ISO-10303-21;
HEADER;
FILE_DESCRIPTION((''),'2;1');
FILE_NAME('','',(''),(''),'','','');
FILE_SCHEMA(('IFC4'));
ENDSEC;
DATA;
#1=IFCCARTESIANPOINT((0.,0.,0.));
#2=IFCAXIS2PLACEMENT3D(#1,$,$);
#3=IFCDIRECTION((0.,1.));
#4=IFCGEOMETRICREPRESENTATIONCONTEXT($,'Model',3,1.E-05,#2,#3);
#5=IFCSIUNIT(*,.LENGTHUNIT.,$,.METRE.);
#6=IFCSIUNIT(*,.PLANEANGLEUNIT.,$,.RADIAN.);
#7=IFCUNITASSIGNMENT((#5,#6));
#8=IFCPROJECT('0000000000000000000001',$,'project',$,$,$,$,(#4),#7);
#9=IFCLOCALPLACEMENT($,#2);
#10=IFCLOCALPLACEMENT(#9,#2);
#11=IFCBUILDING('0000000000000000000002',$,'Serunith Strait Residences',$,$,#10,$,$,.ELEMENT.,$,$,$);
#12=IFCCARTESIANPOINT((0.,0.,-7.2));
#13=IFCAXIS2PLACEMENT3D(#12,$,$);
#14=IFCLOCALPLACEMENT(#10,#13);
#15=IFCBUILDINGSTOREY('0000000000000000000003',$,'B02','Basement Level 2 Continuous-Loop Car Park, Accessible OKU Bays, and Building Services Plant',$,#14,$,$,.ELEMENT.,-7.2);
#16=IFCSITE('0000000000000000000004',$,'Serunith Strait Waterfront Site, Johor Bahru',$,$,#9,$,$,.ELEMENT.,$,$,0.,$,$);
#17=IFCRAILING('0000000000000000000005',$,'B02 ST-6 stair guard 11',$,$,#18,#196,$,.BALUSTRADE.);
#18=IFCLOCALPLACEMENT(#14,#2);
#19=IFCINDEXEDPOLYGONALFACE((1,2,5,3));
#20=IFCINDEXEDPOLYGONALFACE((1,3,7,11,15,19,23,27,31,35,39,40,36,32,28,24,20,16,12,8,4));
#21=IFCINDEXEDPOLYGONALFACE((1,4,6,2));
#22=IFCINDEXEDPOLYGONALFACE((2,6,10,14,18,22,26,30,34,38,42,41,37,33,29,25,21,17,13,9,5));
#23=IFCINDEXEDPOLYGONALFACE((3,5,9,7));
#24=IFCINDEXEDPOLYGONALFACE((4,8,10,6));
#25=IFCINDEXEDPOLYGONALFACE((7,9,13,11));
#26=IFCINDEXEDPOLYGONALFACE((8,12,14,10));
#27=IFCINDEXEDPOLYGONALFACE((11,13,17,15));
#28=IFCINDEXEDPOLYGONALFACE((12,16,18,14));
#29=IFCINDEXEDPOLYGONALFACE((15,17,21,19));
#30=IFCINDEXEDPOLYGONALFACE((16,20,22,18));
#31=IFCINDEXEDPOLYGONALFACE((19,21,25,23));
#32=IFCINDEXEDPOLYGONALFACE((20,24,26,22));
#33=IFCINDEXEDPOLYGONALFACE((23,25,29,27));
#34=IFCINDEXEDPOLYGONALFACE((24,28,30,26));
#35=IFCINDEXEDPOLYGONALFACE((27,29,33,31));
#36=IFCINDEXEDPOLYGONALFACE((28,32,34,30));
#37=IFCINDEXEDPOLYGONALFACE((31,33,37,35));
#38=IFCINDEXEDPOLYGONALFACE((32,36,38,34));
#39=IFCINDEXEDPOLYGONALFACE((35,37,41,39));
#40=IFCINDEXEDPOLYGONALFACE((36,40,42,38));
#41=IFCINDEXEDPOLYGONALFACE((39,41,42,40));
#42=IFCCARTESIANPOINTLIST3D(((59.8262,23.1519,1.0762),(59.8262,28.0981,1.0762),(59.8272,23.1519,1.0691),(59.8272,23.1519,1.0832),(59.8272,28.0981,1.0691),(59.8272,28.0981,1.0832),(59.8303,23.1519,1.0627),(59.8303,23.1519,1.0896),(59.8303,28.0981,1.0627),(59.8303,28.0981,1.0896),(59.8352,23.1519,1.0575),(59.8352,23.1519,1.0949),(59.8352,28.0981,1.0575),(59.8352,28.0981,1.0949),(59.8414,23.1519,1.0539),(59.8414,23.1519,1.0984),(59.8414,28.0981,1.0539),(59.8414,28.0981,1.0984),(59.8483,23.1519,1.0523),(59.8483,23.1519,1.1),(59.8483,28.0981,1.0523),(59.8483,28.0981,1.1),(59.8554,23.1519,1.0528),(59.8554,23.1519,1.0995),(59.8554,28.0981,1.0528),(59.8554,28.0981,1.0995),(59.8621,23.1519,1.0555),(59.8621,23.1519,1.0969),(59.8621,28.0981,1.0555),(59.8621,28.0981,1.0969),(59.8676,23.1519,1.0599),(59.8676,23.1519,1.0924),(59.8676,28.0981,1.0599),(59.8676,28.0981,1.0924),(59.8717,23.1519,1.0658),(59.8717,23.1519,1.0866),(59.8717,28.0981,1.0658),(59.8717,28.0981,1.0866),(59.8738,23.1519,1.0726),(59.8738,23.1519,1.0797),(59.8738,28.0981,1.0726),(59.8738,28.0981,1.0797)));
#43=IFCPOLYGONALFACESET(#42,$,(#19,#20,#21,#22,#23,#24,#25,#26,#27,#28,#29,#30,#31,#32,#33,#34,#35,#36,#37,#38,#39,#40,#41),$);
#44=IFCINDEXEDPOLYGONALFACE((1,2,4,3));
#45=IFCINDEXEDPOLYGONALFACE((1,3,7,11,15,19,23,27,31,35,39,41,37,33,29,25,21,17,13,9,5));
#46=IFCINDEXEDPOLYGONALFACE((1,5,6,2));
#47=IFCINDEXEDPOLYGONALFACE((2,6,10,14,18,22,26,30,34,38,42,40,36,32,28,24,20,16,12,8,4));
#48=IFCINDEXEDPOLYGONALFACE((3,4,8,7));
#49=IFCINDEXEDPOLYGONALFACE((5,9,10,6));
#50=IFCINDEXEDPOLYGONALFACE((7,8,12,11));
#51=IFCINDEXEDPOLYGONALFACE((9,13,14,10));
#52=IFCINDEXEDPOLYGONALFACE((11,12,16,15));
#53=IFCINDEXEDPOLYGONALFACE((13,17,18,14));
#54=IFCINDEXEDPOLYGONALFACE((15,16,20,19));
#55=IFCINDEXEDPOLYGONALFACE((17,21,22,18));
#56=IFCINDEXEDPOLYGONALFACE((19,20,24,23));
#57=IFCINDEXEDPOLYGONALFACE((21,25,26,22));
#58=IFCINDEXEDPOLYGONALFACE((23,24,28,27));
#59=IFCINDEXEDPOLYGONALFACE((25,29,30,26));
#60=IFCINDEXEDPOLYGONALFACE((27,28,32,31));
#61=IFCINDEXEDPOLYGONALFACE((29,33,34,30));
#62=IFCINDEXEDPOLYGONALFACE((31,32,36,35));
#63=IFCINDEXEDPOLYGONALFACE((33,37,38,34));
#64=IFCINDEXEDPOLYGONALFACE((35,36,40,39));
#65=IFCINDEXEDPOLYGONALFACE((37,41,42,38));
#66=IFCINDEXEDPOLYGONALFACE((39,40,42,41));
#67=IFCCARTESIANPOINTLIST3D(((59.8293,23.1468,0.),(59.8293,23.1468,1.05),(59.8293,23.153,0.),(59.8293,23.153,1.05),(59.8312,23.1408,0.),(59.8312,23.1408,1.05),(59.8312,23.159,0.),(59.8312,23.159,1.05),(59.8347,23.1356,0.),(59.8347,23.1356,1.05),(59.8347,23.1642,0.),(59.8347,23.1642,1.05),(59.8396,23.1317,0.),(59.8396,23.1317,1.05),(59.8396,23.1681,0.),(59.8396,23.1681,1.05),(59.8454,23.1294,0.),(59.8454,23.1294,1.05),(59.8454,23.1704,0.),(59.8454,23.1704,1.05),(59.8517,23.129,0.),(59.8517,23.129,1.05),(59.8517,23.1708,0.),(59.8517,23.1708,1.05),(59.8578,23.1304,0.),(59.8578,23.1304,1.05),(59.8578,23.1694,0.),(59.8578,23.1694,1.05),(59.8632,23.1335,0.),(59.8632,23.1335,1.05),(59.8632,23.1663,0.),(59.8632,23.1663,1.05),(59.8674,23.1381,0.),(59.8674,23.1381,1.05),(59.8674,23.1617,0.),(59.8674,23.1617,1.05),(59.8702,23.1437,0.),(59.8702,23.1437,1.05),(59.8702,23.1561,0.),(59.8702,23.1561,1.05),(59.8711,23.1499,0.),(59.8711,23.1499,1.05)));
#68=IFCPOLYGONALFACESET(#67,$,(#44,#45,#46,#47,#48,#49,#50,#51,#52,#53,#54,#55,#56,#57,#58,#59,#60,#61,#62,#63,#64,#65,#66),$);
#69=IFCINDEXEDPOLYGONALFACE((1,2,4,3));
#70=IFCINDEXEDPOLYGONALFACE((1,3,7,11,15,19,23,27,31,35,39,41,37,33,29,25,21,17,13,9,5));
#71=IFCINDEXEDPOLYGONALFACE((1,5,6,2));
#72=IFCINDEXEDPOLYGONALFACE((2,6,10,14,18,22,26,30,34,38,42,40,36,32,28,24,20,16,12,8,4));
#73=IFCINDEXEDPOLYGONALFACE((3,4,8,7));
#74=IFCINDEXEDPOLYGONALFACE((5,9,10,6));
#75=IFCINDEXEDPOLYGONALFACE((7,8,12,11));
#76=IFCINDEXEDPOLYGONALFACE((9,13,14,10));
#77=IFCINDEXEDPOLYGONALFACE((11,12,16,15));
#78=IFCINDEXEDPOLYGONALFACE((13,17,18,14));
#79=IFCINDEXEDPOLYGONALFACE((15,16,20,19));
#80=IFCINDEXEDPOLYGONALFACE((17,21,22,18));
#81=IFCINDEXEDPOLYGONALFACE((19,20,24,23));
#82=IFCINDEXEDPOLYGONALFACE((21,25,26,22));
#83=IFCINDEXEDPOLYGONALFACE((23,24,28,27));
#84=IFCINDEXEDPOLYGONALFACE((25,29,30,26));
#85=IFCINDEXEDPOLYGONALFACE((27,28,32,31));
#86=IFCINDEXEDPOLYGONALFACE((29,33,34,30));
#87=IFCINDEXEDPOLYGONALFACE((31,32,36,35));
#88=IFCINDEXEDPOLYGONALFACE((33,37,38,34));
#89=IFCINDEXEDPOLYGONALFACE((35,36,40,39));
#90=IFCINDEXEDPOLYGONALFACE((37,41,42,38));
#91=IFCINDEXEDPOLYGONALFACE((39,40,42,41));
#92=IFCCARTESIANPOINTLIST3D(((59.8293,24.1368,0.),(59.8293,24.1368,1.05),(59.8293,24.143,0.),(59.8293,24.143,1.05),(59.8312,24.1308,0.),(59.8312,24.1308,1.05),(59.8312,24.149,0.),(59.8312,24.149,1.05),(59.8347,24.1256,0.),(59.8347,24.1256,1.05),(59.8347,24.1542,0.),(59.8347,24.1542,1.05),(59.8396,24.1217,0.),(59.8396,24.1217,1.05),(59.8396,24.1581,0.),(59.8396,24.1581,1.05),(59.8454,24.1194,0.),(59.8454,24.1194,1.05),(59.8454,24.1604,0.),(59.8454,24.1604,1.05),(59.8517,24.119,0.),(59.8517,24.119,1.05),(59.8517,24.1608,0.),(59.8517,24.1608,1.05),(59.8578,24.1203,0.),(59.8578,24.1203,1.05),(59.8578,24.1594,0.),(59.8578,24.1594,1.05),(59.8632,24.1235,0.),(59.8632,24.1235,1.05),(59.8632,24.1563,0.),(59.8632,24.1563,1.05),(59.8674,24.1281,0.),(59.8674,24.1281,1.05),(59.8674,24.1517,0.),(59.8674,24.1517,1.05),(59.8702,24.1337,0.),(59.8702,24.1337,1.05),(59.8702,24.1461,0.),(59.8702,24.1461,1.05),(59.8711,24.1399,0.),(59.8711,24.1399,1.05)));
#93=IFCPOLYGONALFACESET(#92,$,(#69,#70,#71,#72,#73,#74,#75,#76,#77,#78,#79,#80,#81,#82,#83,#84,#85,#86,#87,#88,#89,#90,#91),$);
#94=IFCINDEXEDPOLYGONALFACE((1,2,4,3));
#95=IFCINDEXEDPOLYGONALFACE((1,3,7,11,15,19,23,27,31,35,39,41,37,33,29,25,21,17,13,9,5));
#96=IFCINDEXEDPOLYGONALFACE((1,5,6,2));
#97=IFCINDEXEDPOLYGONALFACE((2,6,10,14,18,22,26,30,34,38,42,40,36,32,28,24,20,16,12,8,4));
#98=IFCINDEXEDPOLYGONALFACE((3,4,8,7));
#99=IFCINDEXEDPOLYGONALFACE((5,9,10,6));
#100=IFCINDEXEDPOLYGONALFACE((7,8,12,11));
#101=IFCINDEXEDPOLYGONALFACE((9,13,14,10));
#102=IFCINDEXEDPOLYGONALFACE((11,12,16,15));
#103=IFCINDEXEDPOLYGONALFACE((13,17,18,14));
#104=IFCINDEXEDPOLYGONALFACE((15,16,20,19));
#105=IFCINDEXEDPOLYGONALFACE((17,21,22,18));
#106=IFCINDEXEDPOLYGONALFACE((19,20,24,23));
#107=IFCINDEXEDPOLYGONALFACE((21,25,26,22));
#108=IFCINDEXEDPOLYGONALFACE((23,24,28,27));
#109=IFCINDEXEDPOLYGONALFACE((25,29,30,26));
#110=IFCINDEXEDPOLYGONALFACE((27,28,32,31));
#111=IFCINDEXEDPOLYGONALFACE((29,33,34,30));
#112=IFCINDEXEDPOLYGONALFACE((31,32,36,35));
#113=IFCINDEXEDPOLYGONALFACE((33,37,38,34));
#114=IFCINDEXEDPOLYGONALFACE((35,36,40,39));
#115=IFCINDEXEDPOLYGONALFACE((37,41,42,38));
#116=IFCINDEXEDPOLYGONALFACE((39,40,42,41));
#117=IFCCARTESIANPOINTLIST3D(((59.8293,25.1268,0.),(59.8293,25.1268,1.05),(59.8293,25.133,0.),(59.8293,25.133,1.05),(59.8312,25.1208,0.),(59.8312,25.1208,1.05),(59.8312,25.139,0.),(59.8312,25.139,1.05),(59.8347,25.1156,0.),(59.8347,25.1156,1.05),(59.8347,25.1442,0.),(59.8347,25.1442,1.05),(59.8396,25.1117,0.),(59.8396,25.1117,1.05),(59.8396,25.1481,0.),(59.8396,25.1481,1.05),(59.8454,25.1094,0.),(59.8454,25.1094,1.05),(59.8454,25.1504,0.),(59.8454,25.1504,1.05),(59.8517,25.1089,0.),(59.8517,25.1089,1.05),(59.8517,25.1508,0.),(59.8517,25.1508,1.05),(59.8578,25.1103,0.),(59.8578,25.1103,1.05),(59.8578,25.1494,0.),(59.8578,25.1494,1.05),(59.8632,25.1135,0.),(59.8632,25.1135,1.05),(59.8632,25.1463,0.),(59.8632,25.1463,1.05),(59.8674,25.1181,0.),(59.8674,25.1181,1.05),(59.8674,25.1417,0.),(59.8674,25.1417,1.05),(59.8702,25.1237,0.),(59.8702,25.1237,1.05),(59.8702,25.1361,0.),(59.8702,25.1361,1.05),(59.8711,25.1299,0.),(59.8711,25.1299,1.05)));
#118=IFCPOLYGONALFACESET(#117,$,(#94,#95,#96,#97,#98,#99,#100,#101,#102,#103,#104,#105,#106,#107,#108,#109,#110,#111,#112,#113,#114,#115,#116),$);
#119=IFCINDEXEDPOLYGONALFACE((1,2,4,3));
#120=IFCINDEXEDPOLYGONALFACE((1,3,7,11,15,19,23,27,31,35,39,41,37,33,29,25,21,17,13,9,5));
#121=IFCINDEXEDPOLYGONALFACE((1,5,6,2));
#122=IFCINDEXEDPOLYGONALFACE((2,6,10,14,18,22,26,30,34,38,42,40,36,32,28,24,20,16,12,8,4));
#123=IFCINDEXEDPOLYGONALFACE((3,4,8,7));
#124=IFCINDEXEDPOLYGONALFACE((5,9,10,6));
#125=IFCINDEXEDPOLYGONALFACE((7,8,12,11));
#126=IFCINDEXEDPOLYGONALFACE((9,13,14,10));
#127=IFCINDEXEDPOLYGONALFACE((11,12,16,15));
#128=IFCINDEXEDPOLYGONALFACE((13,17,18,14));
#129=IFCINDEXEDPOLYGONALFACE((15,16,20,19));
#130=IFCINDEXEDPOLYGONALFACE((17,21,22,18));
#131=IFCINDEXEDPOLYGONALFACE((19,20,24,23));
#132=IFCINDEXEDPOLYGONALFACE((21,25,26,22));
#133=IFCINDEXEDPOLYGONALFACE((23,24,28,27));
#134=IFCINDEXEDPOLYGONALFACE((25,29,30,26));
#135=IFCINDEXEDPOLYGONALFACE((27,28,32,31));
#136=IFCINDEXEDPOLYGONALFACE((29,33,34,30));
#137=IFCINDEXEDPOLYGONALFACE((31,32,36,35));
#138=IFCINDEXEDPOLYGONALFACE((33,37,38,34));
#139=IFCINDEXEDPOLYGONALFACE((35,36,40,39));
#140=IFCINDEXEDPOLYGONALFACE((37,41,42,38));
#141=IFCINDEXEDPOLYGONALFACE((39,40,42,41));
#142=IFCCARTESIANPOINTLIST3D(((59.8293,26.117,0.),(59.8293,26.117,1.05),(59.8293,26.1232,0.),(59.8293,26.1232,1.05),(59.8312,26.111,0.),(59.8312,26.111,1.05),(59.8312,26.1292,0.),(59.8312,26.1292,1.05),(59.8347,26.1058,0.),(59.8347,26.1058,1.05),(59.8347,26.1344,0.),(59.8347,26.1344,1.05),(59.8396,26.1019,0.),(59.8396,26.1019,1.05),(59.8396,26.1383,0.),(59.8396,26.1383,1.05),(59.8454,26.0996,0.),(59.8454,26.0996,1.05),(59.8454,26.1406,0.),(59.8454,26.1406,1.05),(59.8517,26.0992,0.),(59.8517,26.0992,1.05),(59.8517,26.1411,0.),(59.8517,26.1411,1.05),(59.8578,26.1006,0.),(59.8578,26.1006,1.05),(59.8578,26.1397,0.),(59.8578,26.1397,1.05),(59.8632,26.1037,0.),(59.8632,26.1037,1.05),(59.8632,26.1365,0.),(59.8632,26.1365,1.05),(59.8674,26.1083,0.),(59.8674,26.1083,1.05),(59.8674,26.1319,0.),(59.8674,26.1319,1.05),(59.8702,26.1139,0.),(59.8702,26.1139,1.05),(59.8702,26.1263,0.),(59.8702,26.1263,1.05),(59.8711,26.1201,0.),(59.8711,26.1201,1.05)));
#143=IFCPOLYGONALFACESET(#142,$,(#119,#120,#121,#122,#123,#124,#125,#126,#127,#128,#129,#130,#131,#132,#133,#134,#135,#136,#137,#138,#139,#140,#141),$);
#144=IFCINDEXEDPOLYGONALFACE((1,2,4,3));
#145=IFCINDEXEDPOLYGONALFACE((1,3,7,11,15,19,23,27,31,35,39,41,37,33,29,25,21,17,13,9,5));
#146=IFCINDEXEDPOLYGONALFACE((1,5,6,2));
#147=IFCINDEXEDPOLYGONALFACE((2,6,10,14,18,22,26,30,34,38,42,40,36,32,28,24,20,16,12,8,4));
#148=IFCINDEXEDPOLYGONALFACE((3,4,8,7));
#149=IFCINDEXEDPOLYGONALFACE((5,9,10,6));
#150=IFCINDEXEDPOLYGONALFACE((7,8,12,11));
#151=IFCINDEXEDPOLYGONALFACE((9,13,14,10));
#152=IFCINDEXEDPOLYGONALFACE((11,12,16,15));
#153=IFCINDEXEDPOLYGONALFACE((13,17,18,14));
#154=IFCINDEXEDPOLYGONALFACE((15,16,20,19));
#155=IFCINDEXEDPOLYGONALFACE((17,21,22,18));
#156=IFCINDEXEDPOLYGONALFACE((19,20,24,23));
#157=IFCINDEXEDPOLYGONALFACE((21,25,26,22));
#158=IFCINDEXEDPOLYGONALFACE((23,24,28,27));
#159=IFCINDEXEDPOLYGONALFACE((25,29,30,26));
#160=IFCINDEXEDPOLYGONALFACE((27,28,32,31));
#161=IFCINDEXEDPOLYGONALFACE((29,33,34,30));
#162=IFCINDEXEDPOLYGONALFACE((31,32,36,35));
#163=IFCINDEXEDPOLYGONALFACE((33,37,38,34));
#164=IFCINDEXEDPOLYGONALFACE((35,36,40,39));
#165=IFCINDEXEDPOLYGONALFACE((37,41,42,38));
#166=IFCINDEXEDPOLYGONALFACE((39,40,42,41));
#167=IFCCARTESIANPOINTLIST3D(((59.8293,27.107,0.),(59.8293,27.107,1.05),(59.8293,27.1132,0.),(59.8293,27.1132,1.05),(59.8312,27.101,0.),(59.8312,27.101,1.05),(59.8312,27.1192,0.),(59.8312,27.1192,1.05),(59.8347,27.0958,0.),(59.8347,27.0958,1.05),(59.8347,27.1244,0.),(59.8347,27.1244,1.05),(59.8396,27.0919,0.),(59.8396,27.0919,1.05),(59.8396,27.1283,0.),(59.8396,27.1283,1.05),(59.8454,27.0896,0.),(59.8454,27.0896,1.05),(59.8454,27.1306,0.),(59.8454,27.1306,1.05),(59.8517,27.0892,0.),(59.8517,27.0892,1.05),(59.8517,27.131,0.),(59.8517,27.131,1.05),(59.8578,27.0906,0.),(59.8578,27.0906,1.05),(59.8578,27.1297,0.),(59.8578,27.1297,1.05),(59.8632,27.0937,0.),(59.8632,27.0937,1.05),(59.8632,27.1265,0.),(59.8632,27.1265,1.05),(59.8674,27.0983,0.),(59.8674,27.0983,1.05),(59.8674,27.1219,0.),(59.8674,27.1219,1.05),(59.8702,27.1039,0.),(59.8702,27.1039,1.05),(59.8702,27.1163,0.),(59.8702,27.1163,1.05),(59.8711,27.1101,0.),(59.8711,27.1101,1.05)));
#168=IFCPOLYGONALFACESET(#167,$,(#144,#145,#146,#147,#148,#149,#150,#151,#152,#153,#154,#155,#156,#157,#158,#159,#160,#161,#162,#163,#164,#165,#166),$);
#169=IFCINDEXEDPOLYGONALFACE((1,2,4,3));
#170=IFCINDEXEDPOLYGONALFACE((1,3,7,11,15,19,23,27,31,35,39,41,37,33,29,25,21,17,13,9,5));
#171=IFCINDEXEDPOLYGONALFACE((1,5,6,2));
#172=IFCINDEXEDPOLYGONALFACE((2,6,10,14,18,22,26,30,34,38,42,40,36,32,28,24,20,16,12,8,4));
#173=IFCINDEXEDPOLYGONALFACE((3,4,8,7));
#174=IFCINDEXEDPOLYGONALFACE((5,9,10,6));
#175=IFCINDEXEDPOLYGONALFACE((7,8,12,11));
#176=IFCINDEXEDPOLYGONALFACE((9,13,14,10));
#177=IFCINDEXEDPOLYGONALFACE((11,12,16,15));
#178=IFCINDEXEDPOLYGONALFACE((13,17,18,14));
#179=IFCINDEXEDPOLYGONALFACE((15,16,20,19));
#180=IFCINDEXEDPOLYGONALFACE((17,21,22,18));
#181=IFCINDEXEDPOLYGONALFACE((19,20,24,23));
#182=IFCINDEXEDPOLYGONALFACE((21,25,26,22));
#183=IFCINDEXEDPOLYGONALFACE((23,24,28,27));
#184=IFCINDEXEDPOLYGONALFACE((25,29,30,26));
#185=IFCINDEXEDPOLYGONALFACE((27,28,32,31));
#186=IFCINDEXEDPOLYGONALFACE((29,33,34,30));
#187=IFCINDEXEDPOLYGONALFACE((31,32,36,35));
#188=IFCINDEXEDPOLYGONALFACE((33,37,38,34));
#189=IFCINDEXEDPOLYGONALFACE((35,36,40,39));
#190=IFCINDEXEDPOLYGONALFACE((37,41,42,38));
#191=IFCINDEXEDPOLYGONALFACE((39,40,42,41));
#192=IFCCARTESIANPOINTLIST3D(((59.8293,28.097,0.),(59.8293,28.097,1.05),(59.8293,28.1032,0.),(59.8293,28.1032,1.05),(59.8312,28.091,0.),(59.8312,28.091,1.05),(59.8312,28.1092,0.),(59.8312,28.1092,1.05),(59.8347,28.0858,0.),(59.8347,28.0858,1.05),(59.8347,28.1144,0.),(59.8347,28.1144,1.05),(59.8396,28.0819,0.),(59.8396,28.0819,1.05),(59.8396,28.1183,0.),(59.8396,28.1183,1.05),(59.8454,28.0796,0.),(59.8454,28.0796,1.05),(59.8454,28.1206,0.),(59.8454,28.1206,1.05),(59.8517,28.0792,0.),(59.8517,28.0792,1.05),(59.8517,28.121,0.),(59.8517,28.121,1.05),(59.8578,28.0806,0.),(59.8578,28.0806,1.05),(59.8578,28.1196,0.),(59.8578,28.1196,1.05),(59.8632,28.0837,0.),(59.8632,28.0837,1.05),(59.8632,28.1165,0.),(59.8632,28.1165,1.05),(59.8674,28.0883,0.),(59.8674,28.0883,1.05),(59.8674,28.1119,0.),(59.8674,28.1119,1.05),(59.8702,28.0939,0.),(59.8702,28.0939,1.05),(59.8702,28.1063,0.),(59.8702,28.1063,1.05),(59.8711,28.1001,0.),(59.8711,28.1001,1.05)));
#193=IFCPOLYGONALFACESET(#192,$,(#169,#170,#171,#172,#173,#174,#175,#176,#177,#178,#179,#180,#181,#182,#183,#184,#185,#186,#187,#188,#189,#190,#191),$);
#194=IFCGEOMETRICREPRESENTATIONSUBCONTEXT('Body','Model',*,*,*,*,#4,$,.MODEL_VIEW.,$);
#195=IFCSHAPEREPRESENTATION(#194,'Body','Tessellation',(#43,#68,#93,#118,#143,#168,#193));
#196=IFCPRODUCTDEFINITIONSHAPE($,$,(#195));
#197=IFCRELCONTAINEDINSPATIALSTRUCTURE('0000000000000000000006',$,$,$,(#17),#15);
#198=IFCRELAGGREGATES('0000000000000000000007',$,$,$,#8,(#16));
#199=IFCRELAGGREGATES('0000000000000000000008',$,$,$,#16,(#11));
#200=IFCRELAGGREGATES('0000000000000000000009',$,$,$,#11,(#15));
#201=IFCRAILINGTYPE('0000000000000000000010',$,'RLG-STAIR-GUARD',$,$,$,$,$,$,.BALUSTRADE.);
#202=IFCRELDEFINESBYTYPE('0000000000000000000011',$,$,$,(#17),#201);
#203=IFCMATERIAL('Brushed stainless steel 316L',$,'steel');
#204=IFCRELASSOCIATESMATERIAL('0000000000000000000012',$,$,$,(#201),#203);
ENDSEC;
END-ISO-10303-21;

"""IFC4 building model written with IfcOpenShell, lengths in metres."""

from ifc_helpers import new_model, si_unit, direction, frame, origin, origin_2d, place, context, subcontext, project, spatial, circle, extrude, material, type_object, element, save


model = new_model("IFC4")

# Units and contexts
model_context = context("Model", 3, precision=1e-05, world=origin(), true_north=direction((0.0, 1.0)))
body_context = subcontext(model_context, "Body", "Model", "MODEL_VIEW")
ifc_project = project(units=[si_unit("LENGTHUNIT", "METRE"), si_unit("PLANEANGLEUNIT", "RADIAN")], contexts=[model_context])

# Site, building, storey
site_placement = place(None, origin())
site = spatial("IfcSite", under=ifc_project, at=site_placement, Name="Serunith Strait Waterfront Site, Johor Bahru", CompositionType="ELEMENT", RefElevation=0.0)
building_placement = place(site_placement, origin())
building = spatial("IfcBuilding", under=site, at=building_placement, Name="Serunith Strait Residences", CompositionType="ELEMENT")
storey_placement = place(building_placement, frame((0.0, 0.0, -7.2)))
storey = spatial("IfcBuildingStorey", under=building, at=storey_placement, Name="B02", Description="Basement Level 2 Continuous-Loop Car Park, Accessible OKU Bays, and Building Services Plant", CompositionType="ELEMENT", Elevation=-7.2)

# Railing
ifc_material_1 = material(Name="Brushed stainless steel 316L", Category="steel")
railing_type_1 = type_object("IfcRailingType", Name="RLG-STAIR-GUARD", PredefinedType="BALUSTRADE", material=ifc_material_1)
for number, where, name in (
    (1, (59.8501, 23.1499, 0.0), "B02 ST-6 stair guard 11"),
):
    element("IfcRailing", number, at=place(storey_placement, frame(where)), inside=storey, type_object=railing_type_1, Name=name, PredefinedType="BALUSTRADE", context=body_context, shape_type="SweptSolid", body=[
        extrude(circle(Radius=0.0239, at=origin_2d()), frame((0.0, 0.002, 1.0762), z_axis=(0.0, 1.0, 0.0), x_axis=(-1.0, 0.0, 0.0)), (0.0, 0.0, 1.0), 4.9463),
        extrude(circle(Radius=0.021, at=origin_2d()), origin(), (0.0, 0.0, 1.0), 1.05),
        extrude(circle(Radius=0.021, at=origin_2d()), frame((0.0, 0.99, 0.0)), (0.0, 0.0, 1.0), 1.05),
        extrude(circle(Radius=0.021, at=origin_2d()), frame((0.0, 1.98, 0.0)), (0.0, 0.0, 1.0), 1.05),
        extrude(circle(Radius=0.021, at=origin_2d()), frame((0.0, 2.9702, 0.0)), (0.0, 0.0, 1.0), 1.05),
        extrude(circle(Radius=0.021, at=origin_2d()), frame((0.0, 3.9602, 0.0)), (0.0, 0.0, 1.0), 1.05),
        extrude(circle(Radius=0.021, at=origin_2d()), frame((0.0, 4.9502, 0.0)), (0.0, 0.0, 1.0), 1.05),
    ])

save(model, "model.ifc")
